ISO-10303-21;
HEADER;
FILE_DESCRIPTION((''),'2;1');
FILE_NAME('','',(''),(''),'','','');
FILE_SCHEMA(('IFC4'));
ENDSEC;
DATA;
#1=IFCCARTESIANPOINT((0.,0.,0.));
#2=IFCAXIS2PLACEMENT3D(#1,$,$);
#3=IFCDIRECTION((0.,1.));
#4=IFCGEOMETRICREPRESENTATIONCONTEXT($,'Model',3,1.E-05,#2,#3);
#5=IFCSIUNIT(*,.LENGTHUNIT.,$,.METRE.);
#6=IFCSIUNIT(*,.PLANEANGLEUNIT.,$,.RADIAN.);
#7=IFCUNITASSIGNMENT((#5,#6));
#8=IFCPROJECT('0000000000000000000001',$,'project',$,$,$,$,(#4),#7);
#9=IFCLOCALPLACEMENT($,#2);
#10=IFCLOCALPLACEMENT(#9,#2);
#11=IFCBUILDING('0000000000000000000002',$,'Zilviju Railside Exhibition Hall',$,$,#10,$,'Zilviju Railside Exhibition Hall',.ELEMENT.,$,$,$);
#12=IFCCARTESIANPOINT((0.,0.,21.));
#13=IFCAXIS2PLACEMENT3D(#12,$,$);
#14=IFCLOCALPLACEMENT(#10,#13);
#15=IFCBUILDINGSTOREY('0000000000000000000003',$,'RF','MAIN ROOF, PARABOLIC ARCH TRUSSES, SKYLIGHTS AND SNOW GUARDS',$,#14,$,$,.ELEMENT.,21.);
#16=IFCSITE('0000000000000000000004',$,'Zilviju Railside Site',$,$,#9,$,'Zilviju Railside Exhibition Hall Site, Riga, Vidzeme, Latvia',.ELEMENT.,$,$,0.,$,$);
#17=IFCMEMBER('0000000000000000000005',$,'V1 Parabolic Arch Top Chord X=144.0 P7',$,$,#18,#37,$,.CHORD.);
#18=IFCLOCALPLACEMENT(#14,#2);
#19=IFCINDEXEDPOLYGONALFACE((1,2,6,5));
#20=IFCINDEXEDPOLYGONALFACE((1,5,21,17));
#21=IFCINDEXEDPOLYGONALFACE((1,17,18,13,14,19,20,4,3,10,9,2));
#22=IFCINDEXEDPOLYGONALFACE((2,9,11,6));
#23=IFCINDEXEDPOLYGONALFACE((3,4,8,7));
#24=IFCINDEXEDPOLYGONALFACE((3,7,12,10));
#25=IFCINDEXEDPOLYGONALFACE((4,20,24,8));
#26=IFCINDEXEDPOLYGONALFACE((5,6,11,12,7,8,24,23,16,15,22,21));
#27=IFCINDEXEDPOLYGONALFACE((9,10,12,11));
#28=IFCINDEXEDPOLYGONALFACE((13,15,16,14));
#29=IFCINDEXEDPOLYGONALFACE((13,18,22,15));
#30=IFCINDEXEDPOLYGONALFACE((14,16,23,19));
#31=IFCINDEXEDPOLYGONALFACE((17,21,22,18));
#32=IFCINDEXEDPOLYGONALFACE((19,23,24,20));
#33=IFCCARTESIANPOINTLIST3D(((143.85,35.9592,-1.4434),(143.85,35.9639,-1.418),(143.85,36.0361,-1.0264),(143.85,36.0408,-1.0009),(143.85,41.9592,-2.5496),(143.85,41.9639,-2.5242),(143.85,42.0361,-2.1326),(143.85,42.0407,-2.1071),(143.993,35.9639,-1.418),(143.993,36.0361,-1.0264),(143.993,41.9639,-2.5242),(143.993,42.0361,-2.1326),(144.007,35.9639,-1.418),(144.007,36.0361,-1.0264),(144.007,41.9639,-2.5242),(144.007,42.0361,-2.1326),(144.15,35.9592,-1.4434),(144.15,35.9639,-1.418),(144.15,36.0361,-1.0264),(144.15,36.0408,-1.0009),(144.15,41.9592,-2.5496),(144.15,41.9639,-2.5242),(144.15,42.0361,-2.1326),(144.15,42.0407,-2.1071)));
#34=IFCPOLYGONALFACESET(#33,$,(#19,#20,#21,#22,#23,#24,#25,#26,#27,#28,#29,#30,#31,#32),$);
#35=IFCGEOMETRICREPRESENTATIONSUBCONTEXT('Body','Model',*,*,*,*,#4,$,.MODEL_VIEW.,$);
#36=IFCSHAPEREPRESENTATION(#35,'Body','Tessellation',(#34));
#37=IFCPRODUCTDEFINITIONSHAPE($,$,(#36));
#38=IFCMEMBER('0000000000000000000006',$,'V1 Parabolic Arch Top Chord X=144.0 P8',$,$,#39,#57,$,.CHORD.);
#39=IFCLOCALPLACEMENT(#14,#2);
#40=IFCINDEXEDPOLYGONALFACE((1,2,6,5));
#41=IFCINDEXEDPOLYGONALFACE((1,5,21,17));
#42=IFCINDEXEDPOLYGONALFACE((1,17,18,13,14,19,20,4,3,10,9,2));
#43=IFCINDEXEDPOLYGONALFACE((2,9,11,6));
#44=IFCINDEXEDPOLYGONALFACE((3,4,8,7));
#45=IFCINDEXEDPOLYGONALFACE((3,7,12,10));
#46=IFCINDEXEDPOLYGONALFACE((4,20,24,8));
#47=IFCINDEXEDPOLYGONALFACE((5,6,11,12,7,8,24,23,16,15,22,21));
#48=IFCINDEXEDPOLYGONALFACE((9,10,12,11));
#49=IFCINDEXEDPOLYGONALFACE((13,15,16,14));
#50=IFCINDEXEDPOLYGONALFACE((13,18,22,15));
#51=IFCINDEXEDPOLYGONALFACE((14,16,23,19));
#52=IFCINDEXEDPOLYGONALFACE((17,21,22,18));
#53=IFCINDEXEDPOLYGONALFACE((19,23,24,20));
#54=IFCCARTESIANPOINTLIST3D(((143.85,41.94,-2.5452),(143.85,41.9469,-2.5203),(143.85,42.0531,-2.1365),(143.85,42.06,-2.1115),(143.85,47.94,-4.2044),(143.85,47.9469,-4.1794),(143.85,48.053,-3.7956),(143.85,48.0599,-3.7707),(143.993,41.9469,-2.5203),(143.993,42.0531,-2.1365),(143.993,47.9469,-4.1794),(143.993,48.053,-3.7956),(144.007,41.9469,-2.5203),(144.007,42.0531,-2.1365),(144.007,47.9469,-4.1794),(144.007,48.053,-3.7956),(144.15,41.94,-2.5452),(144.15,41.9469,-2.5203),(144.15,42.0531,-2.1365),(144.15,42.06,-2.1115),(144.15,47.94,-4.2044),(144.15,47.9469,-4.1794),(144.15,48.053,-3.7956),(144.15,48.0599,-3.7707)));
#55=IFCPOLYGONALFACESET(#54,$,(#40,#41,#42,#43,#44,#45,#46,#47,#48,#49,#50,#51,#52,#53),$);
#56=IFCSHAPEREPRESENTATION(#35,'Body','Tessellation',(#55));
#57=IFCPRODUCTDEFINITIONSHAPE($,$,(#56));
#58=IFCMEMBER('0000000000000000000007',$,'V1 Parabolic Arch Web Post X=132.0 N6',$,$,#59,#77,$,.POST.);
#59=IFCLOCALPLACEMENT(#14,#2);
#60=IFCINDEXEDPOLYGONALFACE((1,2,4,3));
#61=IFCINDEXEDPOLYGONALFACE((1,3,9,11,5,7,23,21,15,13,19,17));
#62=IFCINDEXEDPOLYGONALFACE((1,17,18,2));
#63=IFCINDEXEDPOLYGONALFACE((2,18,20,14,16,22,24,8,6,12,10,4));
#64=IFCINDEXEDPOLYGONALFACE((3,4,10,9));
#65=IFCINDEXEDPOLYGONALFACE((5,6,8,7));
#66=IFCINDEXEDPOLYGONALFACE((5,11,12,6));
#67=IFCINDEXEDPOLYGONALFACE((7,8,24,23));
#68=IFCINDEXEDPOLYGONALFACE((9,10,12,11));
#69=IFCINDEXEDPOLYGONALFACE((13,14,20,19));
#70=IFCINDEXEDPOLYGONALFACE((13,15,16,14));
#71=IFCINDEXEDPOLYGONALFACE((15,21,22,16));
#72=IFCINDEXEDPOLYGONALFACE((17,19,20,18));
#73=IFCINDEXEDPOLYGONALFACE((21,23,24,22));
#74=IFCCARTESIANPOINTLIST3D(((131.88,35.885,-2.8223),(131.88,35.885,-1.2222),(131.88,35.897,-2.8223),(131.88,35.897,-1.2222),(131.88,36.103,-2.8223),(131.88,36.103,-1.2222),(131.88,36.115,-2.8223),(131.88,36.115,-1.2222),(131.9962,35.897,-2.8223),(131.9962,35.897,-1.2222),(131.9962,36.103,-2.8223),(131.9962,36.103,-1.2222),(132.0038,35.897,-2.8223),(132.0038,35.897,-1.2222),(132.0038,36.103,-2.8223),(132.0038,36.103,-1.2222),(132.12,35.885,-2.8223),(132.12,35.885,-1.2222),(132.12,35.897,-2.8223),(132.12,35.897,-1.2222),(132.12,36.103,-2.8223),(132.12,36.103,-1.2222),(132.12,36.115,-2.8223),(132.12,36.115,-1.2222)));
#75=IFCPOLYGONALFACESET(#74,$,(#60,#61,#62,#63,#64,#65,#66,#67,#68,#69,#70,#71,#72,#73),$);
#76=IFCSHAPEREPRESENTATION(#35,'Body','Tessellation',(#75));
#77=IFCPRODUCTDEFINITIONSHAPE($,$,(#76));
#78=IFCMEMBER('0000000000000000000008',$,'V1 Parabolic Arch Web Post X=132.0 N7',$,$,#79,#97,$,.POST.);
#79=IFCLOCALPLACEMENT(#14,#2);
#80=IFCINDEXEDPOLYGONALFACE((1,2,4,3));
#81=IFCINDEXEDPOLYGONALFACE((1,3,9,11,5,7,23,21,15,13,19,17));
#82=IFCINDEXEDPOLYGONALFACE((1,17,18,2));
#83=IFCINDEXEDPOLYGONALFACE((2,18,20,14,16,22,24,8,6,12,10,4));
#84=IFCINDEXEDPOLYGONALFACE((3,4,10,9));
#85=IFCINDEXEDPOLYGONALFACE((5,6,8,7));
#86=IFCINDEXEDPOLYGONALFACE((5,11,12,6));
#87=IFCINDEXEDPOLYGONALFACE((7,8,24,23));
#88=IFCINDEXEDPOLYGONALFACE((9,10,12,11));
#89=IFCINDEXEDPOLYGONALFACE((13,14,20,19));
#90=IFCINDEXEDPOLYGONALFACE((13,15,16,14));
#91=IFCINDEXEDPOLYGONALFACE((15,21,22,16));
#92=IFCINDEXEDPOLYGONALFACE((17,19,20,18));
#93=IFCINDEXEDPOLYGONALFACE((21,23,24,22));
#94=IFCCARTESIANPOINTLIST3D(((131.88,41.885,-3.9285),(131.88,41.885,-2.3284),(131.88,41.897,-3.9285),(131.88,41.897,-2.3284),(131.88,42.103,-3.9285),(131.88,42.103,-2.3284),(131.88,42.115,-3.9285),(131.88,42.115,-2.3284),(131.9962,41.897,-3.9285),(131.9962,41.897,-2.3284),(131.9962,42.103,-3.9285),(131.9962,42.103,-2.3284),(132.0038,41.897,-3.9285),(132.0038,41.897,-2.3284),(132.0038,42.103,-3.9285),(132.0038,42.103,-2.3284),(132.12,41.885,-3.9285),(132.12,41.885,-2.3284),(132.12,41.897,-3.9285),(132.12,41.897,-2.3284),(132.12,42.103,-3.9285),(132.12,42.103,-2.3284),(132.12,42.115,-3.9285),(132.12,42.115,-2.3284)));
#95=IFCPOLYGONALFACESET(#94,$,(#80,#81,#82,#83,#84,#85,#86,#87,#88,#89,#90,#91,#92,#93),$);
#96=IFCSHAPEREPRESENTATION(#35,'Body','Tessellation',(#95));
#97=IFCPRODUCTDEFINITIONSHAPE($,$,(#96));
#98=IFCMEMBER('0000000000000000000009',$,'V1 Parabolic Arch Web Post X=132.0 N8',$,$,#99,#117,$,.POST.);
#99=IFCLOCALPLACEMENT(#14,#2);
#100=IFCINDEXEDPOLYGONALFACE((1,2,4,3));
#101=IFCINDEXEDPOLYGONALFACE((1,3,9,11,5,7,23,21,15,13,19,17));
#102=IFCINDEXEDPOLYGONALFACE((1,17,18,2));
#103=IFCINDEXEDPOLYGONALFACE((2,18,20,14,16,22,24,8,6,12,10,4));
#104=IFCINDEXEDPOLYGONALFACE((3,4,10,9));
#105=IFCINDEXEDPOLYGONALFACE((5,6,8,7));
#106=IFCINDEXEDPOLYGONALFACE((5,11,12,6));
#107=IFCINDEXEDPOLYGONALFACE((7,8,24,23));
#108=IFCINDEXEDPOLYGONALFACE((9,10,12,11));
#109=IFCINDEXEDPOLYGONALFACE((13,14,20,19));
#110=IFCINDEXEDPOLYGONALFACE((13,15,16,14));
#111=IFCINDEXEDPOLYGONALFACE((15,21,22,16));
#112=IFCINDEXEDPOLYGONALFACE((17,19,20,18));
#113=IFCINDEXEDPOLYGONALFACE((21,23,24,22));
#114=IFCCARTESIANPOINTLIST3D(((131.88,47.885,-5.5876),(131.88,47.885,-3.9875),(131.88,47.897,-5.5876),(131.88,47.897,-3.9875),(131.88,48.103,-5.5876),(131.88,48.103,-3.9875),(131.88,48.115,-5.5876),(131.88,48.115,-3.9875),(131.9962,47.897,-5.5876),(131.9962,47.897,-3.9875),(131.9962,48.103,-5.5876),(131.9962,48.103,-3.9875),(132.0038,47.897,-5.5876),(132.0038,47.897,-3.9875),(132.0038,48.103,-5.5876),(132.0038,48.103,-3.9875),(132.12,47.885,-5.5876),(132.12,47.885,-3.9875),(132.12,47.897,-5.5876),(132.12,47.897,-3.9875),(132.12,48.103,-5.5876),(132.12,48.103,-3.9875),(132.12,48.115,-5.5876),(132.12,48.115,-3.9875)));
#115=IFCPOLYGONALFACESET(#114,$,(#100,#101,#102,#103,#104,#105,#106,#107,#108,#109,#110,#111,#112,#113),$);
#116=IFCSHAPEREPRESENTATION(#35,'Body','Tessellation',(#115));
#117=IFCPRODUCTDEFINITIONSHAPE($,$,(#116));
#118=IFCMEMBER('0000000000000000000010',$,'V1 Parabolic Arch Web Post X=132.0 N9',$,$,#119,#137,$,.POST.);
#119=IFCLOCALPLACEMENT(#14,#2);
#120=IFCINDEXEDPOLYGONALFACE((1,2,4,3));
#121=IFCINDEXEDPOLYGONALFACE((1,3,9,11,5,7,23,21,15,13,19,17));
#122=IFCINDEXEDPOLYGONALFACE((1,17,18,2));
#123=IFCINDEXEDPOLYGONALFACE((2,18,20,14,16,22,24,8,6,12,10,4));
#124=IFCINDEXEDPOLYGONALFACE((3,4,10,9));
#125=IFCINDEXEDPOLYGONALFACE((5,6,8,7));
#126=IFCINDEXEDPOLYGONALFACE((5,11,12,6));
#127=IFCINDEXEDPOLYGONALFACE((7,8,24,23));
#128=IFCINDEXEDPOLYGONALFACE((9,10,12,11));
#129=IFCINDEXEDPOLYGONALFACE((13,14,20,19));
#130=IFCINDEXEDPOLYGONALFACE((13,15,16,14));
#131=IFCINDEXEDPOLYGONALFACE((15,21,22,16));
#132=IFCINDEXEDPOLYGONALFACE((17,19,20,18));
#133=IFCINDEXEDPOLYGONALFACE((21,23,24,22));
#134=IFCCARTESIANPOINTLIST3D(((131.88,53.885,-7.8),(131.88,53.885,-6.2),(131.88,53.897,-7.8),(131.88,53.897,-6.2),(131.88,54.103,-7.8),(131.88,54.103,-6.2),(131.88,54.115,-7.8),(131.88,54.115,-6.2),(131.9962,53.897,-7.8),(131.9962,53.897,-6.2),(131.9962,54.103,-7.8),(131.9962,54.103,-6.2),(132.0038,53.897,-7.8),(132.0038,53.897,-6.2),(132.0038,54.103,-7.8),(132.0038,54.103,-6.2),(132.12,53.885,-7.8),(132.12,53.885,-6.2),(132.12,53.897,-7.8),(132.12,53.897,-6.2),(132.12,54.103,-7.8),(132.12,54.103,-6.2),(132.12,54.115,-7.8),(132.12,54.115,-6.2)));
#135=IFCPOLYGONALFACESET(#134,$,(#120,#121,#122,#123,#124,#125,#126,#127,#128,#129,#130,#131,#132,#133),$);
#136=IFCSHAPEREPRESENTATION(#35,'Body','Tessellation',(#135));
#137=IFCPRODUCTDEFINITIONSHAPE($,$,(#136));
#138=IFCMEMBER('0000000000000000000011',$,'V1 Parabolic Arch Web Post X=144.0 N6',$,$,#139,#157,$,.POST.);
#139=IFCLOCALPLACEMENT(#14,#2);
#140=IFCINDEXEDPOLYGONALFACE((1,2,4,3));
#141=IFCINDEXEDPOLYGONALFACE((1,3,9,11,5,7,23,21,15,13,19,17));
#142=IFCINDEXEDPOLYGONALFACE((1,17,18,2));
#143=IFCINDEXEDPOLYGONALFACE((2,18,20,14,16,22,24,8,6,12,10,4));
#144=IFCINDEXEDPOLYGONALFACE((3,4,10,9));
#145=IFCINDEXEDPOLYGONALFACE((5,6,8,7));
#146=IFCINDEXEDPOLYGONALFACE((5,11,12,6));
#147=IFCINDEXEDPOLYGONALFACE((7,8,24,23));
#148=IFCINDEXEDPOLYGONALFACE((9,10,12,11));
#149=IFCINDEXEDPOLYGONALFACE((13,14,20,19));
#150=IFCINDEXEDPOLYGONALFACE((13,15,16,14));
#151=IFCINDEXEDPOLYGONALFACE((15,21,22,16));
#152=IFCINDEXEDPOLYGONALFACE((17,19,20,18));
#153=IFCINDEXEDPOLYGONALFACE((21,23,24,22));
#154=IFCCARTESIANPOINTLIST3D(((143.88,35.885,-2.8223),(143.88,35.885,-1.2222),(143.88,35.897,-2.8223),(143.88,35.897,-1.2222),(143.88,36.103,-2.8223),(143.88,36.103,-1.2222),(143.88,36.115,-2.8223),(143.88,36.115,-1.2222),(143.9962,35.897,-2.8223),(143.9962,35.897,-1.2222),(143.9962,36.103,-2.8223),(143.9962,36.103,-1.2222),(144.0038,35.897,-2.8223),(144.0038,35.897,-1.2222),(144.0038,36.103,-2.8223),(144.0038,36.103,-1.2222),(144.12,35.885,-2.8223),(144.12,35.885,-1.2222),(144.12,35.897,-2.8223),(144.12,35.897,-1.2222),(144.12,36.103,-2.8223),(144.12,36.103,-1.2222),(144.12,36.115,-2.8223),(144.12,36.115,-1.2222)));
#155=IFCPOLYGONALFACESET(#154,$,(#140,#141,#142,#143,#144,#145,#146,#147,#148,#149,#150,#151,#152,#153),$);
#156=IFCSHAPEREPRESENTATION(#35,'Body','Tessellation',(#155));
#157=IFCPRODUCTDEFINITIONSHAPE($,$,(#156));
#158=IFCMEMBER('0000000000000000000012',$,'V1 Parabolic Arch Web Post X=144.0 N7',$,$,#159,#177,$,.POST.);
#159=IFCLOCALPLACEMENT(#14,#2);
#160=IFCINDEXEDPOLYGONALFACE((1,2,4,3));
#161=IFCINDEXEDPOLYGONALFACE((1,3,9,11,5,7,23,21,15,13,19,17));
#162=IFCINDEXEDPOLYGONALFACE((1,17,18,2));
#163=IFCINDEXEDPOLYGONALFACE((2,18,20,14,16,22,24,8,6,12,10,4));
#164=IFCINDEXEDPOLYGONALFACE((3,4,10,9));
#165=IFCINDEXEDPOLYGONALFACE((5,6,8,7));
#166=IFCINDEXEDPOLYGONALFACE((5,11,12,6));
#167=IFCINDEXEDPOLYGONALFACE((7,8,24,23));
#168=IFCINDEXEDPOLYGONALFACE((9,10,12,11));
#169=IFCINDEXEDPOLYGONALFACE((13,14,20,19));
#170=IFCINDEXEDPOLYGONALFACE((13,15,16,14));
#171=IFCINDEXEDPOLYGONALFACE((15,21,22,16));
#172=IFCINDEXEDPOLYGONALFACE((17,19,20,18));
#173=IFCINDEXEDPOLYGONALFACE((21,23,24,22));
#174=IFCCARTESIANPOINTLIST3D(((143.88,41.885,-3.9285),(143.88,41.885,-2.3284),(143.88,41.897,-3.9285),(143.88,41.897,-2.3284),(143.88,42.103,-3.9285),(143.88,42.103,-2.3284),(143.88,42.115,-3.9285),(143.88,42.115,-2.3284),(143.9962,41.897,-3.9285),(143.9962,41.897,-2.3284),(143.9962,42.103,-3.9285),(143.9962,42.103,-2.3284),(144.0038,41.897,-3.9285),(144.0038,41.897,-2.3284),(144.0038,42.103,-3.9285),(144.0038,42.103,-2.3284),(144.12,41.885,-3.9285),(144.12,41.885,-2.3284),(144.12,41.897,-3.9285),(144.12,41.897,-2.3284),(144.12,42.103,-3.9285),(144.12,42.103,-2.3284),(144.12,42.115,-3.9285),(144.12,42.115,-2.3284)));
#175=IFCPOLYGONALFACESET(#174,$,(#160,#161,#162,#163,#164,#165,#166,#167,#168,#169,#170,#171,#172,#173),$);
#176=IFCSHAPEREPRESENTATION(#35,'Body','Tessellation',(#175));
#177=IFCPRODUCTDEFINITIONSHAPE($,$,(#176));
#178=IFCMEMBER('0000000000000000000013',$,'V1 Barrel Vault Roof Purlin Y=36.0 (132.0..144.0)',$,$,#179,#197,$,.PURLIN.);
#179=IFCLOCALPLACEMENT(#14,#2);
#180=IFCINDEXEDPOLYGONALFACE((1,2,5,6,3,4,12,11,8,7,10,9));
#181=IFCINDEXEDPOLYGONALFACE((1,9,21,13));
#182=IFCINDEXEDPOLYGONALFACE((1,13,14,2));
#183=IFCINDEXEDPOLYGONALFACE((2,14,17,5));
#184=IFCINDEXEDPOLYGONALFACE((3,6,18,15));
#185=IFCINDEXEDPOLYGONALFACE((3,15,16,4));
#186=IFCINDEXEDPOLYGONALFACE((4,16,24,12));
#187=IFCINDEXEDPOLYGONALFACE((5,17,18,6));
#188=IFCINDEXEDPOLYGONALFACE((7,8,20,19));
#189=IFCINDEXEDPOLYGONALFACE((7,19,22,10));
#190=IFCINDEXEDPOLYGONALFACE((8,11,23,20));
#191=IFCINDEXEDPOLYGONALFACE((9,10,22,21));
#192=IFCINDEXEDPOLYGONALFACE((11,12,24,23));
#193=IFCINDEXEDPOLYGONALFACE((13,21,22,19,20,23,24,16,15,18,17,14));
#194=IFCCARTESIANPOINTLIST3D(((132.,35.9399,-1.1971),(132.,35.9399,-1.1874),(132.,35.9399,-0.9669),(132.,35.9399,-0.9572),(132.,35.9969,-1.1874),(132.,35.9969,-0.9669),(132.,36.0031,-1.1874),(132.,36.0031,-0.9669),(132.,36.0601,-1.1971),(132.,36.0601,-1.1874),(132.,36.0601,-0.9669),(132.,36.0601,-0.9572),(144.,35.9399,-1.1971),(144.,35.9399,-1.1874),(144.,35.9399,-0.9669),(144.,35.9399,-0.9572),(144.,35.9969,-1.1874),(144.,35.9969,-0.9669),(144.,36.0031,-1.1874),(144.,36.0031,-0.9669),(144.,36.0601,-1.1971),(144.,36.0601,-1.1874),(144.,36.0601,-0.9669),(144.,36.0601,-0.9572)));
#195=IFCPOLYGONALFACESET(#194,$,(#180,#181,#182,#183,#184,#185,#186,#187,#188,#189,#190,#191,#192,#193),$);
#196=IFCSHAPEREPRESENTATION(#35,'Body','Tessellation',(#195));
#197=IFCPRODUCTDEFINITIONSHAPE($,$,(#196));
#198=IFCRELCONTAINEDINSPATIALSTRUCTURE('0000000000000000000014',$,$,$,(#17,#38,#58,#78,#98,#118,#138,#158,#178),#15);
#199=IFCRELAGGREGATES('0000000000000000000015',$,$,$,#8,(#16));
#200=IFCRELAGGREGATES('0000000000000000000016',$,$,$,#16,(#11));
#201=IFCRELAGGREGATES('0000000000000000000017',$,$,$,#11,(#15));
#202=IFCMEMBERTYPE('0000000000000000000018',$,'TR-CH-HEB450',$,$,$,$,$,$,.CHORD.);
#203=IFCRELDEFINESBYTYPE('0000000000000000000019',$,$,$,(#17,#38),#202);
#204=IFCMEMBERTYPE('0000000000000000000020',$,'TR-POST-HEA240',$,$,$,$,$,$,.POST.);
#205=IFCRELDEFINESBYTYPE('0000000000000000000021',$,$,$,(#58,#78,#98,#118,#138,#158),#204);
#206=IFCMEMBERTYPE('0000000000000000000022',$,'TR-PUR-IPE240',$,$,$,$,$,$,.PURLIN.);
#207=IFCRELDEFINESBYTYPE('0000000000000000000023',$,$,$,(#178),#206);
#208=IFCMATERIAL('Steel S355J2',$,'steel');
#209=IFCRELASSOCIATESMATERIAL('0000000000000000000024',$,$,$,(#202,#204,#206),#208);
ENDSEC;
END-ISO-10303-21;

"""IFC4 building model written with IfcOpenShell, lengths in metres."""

from ifc_helpers import new_model, si_unit, direction, frame, origin, origin_2d, place, context, subcontext, project, spatial, i_section, extrude, material, material_profile, profile_set, type_object, element, save


model = new_model("IFC4")

# Units and contexts
model_context = context("Model", 3, precision=1e-05, world=origin(), true_north=direction((0.0, 1.0)))
body_context = subcontext(model_context, "Body", "Model", "MODEL_VIEW")
ifc_project = project(units=[si_unit("LENGTHUNIT", "METRE"), si_unit("PLANEANGLEUNIT", "RADIAN")], contexts=[model_context])

# Site, building, storey
site_placement = place(None, origin())
site = spatial("IfcSite", under=ifc_project, at=site_placement, Name="Zilviju Railside Site", LongName="Zilviju Railside Exhibition Hall Site, Riga, Vidzeme, Latvia", CompositionType="ELEMENT", RefElevation=0.0)
building_placement = place(site_placement, origin())
building = spatial("IfcBuilding", under=site, at=building_placement, Name="Zilviju Railside Exhibition Hall", LongName="Zilviju Railside Exhibition Hall", CompositionType="ELEMENT")
storey_placement = place(building_placement, frame((0.0, 0.0, 21.0)))
storey = spatial("IfcBuildingStorey", under=building, at=storey_placement, Name="RF", Description="MAIN ROOF, PARABOLIC ARCH TRUSSES, SKYLIGHTS AND SNOW GUARDS", CompositionType="ELEMENT", Elevation=21.0)

# Members
ifc_material_1 = material(Name="Steel S355J2", Category="steel")
ifc_material_profile_1 = material_profile(ifc_material_1, i_section(OverallWidth=0.3, OverallDepth=0.45, WebThickness=0.0139, FlangeThickness=0.0259, at=origin_2d()), Name="HEB 450")
ifc_profile_set_1 = profile_set([ifc_material_profile_1], Name="Steel S355J2")
member_type_1 = type_object("IfcMemberType", Name="TR-CH-HEB450", PredefinedType="CHORD", material=ifc_profile_set_1)
member_1_placement = place(storey_placement, frame((144.0, 36.0, -1.2222), z_axis=(0.0, 0.983426, -0.181311), x_axis=(-1.0, 0.0, 0.0)))
element("IfcMember", 1, at=member_1_placement, inside=storey, type_object=member_type_1, Name="V1 Parabolic Arch Top Chord X=144.0 P7", PredefinedType="CHORD", context=body_context, shape_type="SweptSolid", body=[
    extrude(i_section(OverallWidth=0.3, OverallDepth=0.45, WebThickness=0.0139, FlangeThickness=0.0259, at=origin_2d()), origin(), (0.0, 0.0, 1.0), 6.1011),
])
member_2_placement = place(storey_placement, frame((144.0, 42.0, -2.3284), z_axis=(0.0, 0.963827, -0.266527), x_axis=(-1.0, 0.0, 0.0)))
element("IfcMember", 2, at=member_2_placement, inside=storey, type_object=member_type_1, Name="V1 Parabolic Arch Top Chord X=144.0 P8", PredefinedType="CHORD", context=body_context, shape_type="SweptSolid", body=[
    extrude(i_section(OverallWidth=0.3, OverallDepth=0.45, WebThickness=0.0139, FlangeThickness=0.0259, at=origin_2d()), origin(), (0.0, 0.0, 1.0), 6.2251),
])
ifc_material_profile_2 = material_profile(ifc_material_1, i_section(OverallWidth=0.24, OverallDepth=0.23, WebThickness=0.0076, FlangeThickness=0.012, at=origin_2d()), Name="HEA 240")
ifc_profile_set_2 = profile_set([ifc_material_profile_2], Name="Steel S355J2")
member_type_2 = type_object("IfcMemberType", Name="TR-POST-HEA240", PredefinedType="POST", material=ifc_profile_set_2)
for number, where, z_axis, x_axis, name in (
    (3, (132.0, 36.0, -2.8223), (0.0, 0.0, 1.0), (1.0, 0.0, 0.0), "V1 Parabolic Arch Web Post X=132.0 N6"),
    (4, (132.0, 42.0, -3.9285), (0.0, 0.0, 1.0), (1.0, 0.0, 0.0), "V1 Parabolic Arch Web Post X=132.0 N7"),
    (5, (132.0, 48.0, -5.5876), (0.0, 0.0, 1.0), (1.0, 0.0, 0.0), "V1 Parabolic Arch Web Post X=132.0 N8"),
    (6, (132.0, 54.0, -7.8), (0.0, 0.0, 1.0), (1.0, 0.0, 0.0), "V1 Parabolic Arch Web Post X=132.0 N9"),
    (7, (144.0, 36.0, -2.8223), (0.0, 0.0, 1.0), (1.0, 0.0, 0.0), "V1 Parabolic Arch Web Post X=144.0 N6"),
    (8, (144.0, 42.0, -3.9285), (0.0, 0.0, 1.0), (1.0, 0.0, 0.0), "V1 Parabolic Arch Web Post X=144.0 N7"),
):
    element("IfcMember", number, at=place(storey_placement, frame(where, z_axis=z_axis, x_axis=x_axis)), inside=storey, type_object=member_type_2, Name=name, PredefinedType="POST", context=body_context, shape_type="SweptSolid", body=[
        extrude(i_section(OverallWidth=0.24, OverallDepth=0.23, WebThickness=0.0076, FlangeThickness=0.012, at=origin_2d()), origin(), (0.0, 0.0, 1.0), 1.6001),
    ])
ifc_material_profile_3 = material_profile(ifc_material_1, i_section(OverallWidth=0.1201, OverallDepth=0.24, WebThickness=0.0061, FlangeThickness=0.0098, at=origin_2d()), Name="IPE 240")
ifc_profile_set_3 = profile_set([ifc_material_profile_3], Name="Steel S355J2")
member_type_3 = type_object("IfcMemberType", Name="TR-PUR-IPE240", PredefinedType="PURLIN", material=ifc_profile_set_3)
for number, where, z_axis, x_axis, name in (
    (9, (132.0, 36.0, -1.0771), (1.0, 0.0, 0.0), (0.0, 1.0, 0.0), "V1 Barrel Vault Roof Purlin Y=36.0 (132.0..144.0)"),
):
    element("IfcMember", number, at=place(storey_placement, frame(where, z_axis=z_axis, x_axis=x_axis)), inside=storey, type_object=member_type_3, Name=name, PredefinedType="PURLIN", context=body_context, shape_type="SweptSolid", body=[
        extrude(i_section(OverallWidth=0.1201, OverallDepth=0.24, WebThickness=0.0061, FlangeThickness=0.0098, at=origin_2d()), origin(), (0.0, 0.0, 1.0), 12.0),
    ])

save(model, "model.ifc")
